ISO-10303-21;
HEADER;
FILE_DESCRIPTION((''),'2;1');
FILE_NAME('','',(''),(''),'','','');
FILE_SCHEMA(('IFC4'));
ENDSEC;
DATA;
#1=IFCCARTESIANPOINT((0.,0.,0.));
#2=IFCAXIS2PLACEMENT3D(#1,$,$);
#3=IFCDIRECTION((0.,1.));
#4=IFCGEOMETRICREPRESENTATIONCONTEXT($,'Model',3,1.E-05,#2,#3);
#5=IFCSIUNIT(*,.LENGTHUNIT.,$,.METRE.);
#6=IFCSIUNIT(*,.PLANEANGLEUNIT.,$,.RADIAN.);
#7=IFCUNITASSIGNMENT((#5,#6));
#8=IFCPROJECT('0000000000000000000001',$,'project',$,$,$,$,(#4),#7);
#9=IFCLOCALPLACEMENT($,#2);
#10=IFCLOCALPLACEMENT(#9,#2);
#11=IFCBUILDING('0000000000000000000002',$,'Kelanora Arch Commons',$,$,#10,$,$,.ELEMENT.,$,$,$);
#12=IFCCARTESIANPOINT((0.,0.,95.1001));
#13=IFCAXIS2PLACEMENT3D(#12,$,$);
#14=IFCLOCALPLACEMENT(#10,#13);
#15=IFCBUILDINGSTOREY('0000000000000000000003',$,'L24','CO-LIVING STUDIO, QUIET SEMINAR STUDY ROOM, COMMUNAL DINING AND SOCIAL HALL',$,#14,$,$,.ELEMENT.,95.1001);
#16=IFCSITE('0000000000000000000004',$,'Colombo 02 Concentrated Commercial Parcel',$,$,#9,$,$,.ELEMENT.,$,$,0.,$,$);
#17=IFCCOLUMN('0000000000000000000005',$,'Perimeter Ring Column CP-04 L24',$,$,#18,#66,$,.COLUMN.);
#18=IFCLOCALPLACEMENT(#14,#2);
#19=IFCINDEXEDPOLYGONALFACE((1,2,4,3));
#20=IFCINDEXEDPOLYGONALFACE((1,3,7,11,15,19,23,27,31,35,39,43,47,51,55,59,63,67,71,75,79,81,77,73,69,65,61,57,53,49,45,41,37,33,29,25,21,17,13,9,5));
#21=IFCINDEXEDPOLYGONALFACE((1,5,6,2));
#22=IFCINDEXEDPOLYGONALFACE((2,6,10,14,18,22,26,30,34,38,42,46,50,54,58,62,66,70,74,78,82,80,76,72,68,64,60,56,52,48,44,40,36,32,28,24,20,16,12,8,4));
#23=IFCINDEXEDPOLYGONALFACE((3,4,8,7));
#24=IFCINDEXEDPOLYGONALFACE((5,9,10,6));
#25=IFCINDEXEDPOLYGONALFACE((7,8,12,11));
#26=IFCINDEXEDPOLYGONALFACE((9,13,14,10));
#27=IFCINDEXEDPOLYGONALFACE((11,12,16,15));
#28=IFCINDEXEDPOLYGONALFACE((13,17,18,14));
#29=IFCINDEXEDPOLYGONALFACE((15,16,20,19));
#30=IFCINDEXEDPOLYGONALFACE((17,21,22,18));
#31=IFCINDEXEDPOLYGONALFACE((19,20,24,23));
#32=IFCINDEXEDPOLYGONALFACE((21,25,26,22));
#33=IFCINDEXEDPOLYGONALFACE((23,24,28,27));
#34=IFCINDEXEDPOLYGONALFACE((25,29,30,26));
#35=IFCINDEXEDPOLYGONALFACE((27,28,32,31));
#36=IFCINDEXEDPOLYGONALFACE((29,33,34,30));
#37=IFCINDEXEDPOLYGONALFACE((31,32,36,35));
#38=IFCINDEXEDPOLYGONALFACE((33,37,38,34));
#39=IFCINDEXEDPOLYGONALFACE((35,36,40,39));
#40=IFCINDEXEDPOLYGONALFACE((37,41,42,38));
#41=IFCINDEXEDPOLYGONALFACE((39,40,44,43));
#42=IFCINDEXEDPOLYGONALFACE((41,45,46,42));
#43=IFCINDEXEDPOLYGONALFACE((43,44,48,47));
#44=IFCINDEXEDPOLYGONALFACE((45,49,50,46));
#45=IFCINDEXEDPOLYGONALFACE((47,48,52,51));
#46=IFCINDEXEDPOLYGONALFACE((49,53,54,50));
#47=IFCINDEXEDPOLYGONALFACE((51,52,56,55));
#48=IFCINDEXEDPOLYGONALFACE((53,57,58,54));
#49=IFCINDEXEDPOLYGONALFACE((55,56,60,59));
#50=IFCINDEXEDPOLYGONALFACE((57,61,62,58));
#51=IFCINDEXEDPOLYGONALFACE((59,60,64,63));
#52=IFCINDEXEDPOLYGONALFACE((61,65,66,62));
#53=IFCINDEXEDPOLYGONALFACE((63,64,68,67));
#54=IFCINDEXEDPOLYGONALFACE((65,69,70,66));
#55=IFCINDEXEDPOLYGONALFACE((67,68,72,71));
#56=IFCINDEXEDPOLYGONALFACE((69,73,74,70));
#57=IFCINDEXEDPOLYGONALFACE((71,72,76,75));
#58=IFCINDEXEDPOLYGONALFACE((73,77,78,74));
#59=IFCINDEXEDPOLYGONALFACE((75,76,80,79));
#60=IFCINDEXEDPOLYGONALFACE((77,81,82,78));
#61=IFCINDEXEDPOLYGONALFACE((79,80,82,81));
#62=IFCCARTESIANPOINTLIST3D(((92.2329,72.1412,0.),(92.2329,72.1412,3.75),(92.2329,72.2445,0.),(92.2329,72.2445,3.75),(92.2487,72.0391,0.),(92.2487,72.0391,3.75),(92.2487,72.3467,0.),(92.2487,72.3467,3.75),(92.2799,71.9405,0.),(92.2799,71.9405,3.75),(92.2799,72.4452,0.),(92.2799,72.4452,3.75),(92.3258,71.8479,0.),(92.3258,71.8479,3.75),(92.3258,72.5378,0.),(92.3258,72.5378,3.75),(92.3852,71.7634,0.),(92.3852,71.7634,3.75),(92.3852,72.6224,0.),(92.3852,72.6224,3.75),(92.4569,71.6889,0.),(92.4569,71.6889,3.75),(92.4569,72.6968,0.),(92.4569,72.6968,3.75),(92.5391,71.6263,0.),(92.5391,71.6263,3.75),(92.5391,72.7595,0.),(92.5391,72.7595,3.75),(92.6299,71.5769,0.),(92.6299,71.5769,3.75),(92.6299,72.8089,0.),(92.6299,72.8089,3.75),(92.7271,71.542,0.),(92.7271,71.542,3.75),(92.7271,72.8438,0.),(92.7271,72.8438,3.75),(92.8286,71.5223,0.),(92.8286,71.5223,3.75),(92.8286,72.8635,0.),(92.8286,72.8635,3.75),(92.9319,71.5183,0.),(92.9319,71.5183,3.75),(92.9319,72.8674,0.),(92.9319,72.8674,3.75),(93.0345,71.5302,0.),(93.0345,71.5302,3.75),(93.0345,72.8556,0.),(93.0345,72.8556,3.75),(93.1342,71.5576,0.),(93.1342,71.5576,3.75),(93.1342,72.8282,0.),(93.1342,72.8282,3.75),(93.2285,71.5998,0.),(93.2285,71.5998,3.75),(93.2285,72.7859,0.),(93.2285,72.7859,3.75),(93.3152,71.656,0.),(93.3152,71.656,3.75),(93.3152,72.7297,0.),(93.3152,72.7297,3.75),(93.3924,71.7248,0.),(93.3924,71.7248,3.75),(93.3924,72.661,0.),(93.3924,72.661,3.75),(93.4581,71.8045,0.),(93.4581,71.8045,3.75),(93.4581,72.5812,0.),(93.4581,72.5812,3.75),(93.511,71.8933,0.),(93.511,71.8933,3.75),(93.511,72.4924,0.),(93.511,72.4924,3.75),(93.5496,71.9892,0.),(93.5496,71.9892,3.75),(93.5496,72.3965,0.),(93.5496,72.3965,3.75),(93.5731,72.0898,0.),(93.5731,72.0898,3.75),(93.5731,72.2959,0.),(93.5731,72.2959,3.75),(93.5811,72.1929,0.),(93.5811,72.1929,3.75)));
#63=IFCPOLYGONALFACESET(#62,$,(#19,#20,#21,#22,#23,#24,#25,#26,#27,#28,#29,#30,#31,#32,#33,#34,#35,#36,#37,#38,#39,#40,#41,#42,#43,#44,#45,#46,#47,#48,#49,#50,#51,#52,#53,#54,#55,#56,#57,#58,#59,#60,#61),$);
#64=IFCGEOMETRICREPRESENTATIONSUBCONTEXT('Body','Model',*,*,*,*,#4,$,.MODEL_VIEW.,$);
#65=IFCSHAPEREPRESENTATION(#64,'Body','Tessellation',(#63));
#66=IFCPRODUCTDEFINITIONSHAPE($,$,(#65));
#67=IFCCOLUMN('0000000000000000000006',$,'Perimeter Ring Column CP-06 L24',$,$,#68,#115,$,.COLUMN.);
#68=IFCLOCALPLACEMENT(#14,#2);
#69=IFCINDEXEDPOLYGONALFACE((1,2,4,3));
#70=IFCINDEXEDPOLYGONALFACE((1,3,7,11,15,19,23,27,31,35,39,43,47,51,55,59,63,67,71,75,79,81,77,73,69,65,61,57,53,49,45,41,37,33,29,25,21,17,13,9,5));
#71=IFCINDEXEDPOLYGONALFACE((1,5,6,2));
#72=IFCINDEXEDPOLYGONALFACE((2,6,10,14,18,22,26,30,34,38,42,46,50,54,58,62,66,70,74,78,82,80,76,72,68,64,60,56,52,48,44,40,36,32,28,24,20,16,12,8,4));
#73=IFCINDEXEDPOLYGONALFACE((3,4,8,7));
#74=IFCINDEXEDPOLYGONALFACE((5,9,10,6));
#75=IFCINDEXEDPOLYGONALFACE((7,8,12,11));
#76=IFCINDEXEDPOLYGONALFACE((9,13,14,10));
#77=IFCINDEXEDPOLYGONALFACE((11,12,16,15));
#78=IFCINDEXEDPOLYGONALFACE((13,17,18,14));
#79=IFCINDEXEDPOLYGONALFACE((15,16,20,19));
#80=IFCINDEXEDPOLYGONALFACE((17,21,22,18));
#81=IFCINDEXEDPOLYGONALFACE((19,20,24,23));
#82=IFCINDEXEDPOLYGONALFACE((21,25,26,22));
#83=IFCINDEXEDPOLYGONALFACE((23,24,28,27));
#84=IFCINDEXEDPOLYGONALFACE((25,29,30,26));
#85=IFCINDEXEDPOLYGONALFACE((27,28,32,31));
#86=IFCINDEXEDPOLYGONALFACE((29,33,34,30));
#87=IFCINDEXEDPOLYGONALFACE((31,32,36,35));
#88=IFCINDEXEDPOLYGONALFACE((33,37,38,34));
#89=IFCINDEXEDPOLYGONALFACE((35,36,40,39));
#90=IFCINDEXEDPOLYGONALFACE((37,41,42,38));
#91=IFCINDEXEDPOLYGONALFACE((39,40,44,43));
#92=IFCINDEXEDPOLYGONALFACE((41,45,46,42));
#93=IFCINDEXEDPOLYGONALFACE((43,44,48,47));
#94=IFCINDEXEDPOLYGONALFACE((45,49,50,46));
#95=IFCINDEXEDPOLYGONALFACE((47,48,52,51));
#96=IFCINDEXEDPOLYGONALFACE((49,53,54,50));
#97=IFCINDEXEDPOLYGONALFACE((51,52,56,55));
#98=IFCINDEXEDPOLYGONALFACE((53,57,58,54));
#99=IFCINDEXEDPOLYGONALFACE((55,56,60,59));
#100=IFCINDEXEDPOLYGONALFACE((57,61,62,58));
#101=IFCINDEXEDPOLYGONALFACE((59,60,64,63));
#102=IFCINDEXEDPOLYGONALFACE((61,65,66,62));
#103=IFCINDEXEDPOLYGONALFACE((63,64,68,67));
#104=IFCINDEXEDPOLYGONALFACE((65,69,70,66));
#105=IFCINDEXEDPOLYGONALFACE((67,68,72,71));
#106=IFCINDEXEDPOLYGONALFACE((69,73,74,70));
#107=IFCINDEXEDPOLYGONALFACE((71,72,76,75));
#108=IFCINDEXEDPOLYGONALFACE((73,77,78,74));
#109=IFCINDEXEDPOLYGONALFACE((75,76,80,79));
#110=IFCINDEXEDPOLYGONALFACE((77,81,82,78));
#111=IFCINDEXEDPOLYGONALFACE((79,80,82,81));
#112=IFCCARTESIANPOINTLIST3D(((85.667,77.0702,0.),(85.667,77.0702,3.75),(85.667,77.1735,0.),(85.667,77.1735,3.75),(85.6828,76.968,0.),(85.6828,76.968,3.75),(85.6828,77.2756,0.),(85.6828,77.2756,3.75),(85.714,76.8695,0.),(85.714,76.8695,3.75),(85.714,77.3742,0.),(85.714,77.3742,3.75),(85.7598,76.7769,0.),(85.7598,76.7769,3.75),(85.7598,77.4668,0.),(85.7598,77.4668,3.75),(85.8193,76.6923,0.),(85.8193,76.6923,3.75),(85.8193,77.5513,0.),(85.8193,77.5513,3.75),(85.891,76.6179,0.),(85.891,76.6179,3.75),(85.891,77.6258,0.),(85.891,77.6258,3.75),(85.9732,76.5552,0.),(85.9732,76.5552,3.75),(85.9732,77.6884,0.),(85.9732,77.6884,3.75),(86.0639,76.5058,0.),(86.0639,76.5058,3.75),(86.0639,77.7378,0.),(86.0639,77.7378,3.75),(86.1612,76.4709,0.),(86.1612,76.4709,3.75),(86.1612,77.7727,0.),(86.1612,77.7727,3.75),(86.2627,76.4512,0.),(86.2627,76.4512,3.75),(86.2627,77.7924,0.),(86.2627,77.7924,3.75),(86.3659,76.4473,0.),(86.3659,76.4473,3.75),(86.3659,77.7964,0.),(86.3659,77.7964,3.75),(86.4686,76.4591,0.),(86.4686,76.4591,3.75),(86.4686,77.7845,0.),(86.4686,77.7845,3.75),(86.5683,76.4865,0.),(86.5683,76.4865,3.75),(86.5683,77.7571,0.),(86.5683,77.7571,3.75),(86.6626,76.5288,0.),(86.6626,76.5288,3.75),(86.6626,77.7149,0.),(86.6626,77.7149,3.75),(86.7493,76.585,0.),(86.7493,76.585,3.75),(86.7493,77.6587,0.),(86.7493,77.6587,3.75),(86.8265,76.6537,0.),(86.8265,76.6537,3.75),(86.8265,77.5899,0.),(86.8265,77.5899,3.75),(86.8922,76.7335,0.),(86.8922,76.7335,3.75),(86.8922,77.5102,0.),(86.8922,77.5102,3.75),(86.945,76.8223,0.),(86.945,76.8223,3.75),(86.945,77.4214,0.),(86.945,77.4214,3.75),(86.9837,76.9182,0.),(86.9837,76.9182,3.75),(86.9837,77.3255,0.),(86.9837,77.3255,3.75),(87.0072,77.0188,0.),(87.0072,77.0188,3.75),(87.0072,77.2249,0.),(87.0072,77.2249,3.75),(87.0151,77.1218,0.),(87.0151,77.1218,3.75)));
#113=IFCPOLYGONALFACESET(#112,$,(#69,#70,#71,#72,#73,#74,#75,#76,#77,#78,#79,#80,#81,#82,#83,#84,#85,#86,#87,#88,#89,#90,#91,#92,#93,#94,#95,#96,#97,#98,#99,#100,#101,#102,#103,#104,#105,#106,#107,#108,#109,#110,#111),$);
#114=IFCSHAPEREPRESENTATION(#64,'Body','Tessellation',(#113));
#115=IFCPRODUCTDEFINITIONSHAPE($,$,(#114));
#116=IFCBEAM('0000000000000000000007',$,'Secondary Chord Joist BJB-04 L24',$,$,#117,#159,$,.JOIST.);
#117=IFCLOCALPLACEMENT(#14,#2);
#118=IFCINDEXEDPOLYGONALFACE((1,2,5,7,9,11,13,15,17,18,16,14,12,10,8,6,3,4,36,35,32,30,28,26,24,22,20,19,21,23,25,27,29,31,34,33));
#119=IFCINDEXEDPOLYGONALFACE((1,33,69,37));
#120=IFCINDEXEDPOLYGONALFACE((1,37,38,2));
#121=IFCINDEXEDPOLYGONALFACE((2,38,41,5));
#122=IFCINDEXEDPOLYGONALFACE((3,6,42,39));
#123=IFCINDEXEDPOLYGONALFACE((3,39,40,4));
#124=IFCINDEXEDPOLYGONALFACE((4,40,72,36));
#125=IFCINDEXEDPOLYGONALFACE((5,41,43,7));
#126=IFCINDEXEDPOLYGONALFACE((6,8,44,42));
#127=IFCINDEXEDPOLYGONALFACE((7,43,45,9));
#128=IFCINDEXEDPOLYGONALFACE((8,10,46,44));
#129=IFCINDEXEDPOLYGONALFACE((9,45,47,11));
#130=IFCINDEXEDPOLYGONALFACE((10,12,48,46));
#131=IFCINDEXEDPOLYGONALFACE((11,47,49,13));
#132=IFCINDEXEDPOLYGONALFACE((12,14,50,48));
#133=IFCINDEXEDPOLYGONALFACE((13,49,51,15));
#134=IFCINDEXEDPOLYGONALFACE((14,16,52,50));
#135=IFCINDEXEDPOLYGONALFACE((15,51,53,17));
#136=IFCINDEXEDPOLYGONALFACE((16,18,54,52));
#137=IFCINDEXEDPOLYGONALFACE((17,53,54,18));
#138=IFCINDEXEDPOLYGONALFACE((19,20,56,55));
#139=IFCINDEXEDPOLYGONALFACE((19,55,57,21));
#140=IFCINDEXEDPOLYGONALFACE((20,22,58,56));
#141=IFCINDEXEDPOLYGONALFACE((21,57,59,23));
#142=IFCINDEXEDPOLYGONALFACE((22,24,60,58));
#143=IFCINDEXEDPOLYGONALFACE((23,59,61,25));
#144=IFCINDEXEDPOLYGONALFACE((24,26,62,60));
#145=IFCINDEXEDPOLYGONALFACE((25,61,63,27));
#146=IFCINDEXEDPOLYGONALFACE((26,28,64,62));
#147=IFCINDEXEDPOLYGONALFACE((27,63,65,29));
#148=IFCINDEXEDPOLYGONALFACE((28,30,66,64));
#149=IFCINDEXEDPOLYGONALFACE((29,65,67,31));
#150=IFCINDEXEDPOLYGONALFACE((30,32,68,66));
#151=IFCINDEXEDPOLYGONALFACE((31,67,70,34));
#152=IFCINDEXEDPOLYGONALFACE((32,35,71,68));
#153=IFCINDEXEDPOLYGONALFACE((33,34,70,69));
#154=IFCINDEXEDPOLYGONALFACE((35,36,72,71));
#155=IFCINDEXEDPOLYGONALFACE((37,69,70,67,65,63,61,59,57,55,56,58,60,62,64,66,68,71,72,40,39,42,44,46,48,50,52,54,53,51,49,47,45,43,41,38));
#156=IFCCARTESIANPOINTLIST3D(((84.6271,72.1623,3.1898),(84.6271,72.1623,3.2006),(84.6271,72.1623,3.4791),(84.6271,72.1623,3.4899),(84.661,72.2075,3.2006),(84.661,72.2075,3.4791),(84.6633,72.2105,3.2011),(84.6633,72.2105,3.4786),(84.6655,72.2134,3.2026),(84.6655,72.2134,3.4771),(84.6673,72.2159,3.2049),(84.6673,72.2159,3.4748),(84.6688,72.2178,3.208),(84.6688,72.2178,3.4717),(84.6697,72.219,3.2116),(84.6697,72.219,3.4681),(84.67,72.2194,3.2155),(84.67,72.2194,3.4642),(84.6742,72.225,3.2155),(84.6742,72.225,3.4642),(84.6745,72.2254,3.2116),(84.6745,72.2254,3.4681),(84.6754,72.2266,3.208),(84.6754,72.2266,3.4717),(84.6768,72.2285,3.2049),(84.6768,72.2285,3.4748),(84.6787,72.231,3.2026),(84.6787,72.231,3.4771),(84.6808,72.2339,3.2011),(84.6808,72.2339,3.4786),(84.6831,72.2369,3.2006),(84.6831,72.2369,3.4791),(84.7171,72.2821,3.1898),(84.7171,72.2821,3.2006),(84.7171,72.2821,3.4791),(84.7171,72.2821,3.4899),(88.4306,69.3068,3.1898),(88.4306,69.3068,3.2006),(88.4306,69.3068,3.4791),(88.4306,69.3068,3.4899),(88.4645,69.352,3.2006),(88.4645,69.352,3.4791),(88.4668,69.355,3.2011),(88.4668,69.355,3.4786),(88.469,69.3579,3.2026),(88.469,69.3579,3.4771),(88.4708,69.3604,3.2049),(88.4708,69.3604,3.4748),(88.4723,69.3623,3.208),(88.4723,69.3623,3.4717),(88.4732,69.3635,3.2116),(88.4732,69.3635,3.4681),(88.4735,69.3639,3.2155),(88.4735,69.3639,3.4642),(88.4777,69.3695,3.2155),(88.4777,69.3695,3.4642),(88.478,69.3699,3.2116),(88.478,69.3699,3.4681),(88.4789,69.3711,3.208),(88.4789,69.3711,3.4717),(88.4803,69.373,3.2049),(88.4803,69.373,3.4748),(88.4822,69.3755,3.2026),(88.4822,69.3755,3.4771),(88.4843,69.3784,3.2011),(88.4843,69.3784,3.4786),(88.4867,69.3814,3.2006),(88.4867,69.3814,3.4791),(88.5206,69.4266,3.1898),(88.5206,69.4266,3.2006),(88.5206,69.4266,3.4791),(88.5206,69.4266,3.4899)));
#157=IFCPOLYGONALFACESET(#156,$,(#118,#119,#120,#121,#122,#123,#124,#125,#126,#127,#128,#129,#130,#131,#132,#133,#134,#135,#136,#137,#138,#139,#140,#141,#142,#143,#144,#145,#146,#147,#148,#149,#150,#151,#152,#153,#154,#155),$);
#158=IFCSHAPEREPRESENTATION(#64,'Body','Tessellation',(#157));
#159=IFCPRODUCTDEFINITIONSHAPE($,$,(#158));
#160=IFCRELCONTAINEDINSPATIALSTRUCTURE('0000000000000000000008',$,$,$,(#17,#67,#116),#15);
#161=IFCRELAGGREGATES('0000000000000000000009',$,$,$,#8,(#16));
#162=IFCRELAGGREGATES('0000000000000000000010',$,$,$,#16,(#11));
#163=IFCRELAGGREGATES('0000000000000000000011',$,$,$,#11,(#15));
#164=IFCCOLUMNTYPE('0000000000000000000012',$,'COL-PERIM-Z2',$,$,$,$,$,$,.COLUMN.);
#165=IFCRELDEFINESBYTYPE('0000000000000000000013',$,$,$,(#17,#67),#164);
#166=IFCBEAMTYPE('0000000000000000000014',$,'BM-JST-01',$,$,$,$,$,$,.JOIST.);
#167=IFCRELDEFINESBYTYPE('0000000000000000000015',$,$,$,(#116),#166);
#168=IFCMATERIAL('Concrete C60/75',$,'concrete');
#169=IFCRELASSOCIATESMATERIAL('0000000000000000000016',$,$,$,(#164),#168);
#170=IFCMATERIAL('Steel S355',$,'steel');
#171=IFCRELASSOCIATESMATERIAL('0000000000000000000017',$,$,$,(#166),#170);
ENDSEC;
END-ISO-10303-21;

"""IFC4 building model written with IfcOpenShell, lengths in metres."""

from ifc_helpers import new_model, si_unit, direction, frame, origin, origin_2d, place, context, subcontext, project, spatial, circle, i_section, extrude, material, material_profile, profile_set, type_object, element, save


model = new_model("IFC4")

# Units and contexts
model_context = context("Model", 3, precision=1e-05, world=origin(), true_north=direction((0.0, 1.0)))
body_context = subcontext(model_context, "Body", "Model", "MODEL_VIEW")
ifc_project = project(units=[si_unit("LENGTHUNIT", "METRE"), si_unit("PLANEANGLEUNIT", "RADIAN")], contexts=[model_context])

# Site, building, storey
site_placement = place(None, origin())
site = spatial("IfcSite", under=ifc_project, at=site_placement, Name="Colombo 02 Concentrated Commercial Parcel", CompositionType="ELEMENT", RefElevation=0.0)
building_placement = place(site_placement, origin())
building = spatial("IfcBuilding", under=site, at=building_placement, Name="Kelanora Arch Commons", CompositionType="ELEMENT")
storey_placement = place(building_placement, frame((0.0, 0.0, 95.1001)))
storey = spatial("IfcBuildingStorey", under=building, at=storey_placement, Name="L24", Description="CO-LIVING STUDIO, QUIET SEMINAR STUDY ROOM, COMMUNAL DINING AND SOCIAL HALL", CompositionType="ELEMENT", Elevation=95.1001)

# Columns
ifc_material_1 = material(Name="Concrete C60/75", Category="concrete")
ifc_material_profile_1 = material_profile(ifc_material_1, circle(Radius=0.675, at=origin_2d()), Name="RCC1350")
ifc_profile_set_1 = profile_set([ifc_material_profile_1], Name="Concrete C60/75")
column_type = type_object("IfcColumnType", Name="COL-PERIM-Z2", PredefinedType="COLUMN", material=ifc_profile_set_1)
for number, where, z_axis, x_axis, name in (
    (1, (92.906, 72.1929, 0.0), (0.0, 0.0, 1.0), (1.0, 0.0, 0.0), "Perimeter Ring Column CP-04 L24"),
    (2, (86.3401, 77.1218, 0.0), (0.0, 0.0, 1.0), (1.0, 0.0, 0.0), "Perimeter Ring Column CP-06 L24"),
):
    element("IfcColumn", number, at=place(storey_placement, frame(where, z_axis=z_axis, x_axis=x_axis)), inside=storey, type_object=column_type, Name=name, PredefinedType="COLUMN", context=body_context, shape_type="SweptSolid", body=[
        extrude(circle(Radius=0.675, at=origin_2d()), origin(), (0.0, 0.0, 1.0), 3.75),
    ])

# Beam
ifc_material_2 = material(Name="Steel S355", Category="steel")
ifc_material_profile_2 = material_profile(ifc_material_2, i_section(OverallWidth=0.1499, OverallDepth=0.3, WebThickness=0.0071, FlangeThickness=0.0107, FilletRadius=0.0149, at=origin_2d()), Name="IPE300")
ifc_profile_set_2 = profile_set([ifc_material_profile_2], Name="Steel S355")
beam_type_1 = type_object("IfcBeamType", Name="BM-JST-01", PredefinedType="JOIST", material=ifc_profile_set_2)
beam_1_placement = place(storey_placement, frame((88.4756, 69.3667, 3.3398), z_axis=(-0.79971, 0.600386, 0.0), x_axis=(-0.600386, -0.79971, 0.0)))
element("IfcBeam", 3, at=beam_1_placement, inside=storey, type_object=beam_type_1, Name="Secondary Chord Joist BJB-04 L24", PredefinedType="JOIST", context=body_context, shape_type="SweptSolid", body=[
    extrude(i_section(OverallWidth=0.1499, OverallDepth=0.3, WebThickness=0.0071, FlangeThickness=0.0107, FilletRadius=0.0149, at=origin_2d()), origin(), (0.0, 0.0, 1.0), 4.7561),
])

save(model, "model.ifc")
